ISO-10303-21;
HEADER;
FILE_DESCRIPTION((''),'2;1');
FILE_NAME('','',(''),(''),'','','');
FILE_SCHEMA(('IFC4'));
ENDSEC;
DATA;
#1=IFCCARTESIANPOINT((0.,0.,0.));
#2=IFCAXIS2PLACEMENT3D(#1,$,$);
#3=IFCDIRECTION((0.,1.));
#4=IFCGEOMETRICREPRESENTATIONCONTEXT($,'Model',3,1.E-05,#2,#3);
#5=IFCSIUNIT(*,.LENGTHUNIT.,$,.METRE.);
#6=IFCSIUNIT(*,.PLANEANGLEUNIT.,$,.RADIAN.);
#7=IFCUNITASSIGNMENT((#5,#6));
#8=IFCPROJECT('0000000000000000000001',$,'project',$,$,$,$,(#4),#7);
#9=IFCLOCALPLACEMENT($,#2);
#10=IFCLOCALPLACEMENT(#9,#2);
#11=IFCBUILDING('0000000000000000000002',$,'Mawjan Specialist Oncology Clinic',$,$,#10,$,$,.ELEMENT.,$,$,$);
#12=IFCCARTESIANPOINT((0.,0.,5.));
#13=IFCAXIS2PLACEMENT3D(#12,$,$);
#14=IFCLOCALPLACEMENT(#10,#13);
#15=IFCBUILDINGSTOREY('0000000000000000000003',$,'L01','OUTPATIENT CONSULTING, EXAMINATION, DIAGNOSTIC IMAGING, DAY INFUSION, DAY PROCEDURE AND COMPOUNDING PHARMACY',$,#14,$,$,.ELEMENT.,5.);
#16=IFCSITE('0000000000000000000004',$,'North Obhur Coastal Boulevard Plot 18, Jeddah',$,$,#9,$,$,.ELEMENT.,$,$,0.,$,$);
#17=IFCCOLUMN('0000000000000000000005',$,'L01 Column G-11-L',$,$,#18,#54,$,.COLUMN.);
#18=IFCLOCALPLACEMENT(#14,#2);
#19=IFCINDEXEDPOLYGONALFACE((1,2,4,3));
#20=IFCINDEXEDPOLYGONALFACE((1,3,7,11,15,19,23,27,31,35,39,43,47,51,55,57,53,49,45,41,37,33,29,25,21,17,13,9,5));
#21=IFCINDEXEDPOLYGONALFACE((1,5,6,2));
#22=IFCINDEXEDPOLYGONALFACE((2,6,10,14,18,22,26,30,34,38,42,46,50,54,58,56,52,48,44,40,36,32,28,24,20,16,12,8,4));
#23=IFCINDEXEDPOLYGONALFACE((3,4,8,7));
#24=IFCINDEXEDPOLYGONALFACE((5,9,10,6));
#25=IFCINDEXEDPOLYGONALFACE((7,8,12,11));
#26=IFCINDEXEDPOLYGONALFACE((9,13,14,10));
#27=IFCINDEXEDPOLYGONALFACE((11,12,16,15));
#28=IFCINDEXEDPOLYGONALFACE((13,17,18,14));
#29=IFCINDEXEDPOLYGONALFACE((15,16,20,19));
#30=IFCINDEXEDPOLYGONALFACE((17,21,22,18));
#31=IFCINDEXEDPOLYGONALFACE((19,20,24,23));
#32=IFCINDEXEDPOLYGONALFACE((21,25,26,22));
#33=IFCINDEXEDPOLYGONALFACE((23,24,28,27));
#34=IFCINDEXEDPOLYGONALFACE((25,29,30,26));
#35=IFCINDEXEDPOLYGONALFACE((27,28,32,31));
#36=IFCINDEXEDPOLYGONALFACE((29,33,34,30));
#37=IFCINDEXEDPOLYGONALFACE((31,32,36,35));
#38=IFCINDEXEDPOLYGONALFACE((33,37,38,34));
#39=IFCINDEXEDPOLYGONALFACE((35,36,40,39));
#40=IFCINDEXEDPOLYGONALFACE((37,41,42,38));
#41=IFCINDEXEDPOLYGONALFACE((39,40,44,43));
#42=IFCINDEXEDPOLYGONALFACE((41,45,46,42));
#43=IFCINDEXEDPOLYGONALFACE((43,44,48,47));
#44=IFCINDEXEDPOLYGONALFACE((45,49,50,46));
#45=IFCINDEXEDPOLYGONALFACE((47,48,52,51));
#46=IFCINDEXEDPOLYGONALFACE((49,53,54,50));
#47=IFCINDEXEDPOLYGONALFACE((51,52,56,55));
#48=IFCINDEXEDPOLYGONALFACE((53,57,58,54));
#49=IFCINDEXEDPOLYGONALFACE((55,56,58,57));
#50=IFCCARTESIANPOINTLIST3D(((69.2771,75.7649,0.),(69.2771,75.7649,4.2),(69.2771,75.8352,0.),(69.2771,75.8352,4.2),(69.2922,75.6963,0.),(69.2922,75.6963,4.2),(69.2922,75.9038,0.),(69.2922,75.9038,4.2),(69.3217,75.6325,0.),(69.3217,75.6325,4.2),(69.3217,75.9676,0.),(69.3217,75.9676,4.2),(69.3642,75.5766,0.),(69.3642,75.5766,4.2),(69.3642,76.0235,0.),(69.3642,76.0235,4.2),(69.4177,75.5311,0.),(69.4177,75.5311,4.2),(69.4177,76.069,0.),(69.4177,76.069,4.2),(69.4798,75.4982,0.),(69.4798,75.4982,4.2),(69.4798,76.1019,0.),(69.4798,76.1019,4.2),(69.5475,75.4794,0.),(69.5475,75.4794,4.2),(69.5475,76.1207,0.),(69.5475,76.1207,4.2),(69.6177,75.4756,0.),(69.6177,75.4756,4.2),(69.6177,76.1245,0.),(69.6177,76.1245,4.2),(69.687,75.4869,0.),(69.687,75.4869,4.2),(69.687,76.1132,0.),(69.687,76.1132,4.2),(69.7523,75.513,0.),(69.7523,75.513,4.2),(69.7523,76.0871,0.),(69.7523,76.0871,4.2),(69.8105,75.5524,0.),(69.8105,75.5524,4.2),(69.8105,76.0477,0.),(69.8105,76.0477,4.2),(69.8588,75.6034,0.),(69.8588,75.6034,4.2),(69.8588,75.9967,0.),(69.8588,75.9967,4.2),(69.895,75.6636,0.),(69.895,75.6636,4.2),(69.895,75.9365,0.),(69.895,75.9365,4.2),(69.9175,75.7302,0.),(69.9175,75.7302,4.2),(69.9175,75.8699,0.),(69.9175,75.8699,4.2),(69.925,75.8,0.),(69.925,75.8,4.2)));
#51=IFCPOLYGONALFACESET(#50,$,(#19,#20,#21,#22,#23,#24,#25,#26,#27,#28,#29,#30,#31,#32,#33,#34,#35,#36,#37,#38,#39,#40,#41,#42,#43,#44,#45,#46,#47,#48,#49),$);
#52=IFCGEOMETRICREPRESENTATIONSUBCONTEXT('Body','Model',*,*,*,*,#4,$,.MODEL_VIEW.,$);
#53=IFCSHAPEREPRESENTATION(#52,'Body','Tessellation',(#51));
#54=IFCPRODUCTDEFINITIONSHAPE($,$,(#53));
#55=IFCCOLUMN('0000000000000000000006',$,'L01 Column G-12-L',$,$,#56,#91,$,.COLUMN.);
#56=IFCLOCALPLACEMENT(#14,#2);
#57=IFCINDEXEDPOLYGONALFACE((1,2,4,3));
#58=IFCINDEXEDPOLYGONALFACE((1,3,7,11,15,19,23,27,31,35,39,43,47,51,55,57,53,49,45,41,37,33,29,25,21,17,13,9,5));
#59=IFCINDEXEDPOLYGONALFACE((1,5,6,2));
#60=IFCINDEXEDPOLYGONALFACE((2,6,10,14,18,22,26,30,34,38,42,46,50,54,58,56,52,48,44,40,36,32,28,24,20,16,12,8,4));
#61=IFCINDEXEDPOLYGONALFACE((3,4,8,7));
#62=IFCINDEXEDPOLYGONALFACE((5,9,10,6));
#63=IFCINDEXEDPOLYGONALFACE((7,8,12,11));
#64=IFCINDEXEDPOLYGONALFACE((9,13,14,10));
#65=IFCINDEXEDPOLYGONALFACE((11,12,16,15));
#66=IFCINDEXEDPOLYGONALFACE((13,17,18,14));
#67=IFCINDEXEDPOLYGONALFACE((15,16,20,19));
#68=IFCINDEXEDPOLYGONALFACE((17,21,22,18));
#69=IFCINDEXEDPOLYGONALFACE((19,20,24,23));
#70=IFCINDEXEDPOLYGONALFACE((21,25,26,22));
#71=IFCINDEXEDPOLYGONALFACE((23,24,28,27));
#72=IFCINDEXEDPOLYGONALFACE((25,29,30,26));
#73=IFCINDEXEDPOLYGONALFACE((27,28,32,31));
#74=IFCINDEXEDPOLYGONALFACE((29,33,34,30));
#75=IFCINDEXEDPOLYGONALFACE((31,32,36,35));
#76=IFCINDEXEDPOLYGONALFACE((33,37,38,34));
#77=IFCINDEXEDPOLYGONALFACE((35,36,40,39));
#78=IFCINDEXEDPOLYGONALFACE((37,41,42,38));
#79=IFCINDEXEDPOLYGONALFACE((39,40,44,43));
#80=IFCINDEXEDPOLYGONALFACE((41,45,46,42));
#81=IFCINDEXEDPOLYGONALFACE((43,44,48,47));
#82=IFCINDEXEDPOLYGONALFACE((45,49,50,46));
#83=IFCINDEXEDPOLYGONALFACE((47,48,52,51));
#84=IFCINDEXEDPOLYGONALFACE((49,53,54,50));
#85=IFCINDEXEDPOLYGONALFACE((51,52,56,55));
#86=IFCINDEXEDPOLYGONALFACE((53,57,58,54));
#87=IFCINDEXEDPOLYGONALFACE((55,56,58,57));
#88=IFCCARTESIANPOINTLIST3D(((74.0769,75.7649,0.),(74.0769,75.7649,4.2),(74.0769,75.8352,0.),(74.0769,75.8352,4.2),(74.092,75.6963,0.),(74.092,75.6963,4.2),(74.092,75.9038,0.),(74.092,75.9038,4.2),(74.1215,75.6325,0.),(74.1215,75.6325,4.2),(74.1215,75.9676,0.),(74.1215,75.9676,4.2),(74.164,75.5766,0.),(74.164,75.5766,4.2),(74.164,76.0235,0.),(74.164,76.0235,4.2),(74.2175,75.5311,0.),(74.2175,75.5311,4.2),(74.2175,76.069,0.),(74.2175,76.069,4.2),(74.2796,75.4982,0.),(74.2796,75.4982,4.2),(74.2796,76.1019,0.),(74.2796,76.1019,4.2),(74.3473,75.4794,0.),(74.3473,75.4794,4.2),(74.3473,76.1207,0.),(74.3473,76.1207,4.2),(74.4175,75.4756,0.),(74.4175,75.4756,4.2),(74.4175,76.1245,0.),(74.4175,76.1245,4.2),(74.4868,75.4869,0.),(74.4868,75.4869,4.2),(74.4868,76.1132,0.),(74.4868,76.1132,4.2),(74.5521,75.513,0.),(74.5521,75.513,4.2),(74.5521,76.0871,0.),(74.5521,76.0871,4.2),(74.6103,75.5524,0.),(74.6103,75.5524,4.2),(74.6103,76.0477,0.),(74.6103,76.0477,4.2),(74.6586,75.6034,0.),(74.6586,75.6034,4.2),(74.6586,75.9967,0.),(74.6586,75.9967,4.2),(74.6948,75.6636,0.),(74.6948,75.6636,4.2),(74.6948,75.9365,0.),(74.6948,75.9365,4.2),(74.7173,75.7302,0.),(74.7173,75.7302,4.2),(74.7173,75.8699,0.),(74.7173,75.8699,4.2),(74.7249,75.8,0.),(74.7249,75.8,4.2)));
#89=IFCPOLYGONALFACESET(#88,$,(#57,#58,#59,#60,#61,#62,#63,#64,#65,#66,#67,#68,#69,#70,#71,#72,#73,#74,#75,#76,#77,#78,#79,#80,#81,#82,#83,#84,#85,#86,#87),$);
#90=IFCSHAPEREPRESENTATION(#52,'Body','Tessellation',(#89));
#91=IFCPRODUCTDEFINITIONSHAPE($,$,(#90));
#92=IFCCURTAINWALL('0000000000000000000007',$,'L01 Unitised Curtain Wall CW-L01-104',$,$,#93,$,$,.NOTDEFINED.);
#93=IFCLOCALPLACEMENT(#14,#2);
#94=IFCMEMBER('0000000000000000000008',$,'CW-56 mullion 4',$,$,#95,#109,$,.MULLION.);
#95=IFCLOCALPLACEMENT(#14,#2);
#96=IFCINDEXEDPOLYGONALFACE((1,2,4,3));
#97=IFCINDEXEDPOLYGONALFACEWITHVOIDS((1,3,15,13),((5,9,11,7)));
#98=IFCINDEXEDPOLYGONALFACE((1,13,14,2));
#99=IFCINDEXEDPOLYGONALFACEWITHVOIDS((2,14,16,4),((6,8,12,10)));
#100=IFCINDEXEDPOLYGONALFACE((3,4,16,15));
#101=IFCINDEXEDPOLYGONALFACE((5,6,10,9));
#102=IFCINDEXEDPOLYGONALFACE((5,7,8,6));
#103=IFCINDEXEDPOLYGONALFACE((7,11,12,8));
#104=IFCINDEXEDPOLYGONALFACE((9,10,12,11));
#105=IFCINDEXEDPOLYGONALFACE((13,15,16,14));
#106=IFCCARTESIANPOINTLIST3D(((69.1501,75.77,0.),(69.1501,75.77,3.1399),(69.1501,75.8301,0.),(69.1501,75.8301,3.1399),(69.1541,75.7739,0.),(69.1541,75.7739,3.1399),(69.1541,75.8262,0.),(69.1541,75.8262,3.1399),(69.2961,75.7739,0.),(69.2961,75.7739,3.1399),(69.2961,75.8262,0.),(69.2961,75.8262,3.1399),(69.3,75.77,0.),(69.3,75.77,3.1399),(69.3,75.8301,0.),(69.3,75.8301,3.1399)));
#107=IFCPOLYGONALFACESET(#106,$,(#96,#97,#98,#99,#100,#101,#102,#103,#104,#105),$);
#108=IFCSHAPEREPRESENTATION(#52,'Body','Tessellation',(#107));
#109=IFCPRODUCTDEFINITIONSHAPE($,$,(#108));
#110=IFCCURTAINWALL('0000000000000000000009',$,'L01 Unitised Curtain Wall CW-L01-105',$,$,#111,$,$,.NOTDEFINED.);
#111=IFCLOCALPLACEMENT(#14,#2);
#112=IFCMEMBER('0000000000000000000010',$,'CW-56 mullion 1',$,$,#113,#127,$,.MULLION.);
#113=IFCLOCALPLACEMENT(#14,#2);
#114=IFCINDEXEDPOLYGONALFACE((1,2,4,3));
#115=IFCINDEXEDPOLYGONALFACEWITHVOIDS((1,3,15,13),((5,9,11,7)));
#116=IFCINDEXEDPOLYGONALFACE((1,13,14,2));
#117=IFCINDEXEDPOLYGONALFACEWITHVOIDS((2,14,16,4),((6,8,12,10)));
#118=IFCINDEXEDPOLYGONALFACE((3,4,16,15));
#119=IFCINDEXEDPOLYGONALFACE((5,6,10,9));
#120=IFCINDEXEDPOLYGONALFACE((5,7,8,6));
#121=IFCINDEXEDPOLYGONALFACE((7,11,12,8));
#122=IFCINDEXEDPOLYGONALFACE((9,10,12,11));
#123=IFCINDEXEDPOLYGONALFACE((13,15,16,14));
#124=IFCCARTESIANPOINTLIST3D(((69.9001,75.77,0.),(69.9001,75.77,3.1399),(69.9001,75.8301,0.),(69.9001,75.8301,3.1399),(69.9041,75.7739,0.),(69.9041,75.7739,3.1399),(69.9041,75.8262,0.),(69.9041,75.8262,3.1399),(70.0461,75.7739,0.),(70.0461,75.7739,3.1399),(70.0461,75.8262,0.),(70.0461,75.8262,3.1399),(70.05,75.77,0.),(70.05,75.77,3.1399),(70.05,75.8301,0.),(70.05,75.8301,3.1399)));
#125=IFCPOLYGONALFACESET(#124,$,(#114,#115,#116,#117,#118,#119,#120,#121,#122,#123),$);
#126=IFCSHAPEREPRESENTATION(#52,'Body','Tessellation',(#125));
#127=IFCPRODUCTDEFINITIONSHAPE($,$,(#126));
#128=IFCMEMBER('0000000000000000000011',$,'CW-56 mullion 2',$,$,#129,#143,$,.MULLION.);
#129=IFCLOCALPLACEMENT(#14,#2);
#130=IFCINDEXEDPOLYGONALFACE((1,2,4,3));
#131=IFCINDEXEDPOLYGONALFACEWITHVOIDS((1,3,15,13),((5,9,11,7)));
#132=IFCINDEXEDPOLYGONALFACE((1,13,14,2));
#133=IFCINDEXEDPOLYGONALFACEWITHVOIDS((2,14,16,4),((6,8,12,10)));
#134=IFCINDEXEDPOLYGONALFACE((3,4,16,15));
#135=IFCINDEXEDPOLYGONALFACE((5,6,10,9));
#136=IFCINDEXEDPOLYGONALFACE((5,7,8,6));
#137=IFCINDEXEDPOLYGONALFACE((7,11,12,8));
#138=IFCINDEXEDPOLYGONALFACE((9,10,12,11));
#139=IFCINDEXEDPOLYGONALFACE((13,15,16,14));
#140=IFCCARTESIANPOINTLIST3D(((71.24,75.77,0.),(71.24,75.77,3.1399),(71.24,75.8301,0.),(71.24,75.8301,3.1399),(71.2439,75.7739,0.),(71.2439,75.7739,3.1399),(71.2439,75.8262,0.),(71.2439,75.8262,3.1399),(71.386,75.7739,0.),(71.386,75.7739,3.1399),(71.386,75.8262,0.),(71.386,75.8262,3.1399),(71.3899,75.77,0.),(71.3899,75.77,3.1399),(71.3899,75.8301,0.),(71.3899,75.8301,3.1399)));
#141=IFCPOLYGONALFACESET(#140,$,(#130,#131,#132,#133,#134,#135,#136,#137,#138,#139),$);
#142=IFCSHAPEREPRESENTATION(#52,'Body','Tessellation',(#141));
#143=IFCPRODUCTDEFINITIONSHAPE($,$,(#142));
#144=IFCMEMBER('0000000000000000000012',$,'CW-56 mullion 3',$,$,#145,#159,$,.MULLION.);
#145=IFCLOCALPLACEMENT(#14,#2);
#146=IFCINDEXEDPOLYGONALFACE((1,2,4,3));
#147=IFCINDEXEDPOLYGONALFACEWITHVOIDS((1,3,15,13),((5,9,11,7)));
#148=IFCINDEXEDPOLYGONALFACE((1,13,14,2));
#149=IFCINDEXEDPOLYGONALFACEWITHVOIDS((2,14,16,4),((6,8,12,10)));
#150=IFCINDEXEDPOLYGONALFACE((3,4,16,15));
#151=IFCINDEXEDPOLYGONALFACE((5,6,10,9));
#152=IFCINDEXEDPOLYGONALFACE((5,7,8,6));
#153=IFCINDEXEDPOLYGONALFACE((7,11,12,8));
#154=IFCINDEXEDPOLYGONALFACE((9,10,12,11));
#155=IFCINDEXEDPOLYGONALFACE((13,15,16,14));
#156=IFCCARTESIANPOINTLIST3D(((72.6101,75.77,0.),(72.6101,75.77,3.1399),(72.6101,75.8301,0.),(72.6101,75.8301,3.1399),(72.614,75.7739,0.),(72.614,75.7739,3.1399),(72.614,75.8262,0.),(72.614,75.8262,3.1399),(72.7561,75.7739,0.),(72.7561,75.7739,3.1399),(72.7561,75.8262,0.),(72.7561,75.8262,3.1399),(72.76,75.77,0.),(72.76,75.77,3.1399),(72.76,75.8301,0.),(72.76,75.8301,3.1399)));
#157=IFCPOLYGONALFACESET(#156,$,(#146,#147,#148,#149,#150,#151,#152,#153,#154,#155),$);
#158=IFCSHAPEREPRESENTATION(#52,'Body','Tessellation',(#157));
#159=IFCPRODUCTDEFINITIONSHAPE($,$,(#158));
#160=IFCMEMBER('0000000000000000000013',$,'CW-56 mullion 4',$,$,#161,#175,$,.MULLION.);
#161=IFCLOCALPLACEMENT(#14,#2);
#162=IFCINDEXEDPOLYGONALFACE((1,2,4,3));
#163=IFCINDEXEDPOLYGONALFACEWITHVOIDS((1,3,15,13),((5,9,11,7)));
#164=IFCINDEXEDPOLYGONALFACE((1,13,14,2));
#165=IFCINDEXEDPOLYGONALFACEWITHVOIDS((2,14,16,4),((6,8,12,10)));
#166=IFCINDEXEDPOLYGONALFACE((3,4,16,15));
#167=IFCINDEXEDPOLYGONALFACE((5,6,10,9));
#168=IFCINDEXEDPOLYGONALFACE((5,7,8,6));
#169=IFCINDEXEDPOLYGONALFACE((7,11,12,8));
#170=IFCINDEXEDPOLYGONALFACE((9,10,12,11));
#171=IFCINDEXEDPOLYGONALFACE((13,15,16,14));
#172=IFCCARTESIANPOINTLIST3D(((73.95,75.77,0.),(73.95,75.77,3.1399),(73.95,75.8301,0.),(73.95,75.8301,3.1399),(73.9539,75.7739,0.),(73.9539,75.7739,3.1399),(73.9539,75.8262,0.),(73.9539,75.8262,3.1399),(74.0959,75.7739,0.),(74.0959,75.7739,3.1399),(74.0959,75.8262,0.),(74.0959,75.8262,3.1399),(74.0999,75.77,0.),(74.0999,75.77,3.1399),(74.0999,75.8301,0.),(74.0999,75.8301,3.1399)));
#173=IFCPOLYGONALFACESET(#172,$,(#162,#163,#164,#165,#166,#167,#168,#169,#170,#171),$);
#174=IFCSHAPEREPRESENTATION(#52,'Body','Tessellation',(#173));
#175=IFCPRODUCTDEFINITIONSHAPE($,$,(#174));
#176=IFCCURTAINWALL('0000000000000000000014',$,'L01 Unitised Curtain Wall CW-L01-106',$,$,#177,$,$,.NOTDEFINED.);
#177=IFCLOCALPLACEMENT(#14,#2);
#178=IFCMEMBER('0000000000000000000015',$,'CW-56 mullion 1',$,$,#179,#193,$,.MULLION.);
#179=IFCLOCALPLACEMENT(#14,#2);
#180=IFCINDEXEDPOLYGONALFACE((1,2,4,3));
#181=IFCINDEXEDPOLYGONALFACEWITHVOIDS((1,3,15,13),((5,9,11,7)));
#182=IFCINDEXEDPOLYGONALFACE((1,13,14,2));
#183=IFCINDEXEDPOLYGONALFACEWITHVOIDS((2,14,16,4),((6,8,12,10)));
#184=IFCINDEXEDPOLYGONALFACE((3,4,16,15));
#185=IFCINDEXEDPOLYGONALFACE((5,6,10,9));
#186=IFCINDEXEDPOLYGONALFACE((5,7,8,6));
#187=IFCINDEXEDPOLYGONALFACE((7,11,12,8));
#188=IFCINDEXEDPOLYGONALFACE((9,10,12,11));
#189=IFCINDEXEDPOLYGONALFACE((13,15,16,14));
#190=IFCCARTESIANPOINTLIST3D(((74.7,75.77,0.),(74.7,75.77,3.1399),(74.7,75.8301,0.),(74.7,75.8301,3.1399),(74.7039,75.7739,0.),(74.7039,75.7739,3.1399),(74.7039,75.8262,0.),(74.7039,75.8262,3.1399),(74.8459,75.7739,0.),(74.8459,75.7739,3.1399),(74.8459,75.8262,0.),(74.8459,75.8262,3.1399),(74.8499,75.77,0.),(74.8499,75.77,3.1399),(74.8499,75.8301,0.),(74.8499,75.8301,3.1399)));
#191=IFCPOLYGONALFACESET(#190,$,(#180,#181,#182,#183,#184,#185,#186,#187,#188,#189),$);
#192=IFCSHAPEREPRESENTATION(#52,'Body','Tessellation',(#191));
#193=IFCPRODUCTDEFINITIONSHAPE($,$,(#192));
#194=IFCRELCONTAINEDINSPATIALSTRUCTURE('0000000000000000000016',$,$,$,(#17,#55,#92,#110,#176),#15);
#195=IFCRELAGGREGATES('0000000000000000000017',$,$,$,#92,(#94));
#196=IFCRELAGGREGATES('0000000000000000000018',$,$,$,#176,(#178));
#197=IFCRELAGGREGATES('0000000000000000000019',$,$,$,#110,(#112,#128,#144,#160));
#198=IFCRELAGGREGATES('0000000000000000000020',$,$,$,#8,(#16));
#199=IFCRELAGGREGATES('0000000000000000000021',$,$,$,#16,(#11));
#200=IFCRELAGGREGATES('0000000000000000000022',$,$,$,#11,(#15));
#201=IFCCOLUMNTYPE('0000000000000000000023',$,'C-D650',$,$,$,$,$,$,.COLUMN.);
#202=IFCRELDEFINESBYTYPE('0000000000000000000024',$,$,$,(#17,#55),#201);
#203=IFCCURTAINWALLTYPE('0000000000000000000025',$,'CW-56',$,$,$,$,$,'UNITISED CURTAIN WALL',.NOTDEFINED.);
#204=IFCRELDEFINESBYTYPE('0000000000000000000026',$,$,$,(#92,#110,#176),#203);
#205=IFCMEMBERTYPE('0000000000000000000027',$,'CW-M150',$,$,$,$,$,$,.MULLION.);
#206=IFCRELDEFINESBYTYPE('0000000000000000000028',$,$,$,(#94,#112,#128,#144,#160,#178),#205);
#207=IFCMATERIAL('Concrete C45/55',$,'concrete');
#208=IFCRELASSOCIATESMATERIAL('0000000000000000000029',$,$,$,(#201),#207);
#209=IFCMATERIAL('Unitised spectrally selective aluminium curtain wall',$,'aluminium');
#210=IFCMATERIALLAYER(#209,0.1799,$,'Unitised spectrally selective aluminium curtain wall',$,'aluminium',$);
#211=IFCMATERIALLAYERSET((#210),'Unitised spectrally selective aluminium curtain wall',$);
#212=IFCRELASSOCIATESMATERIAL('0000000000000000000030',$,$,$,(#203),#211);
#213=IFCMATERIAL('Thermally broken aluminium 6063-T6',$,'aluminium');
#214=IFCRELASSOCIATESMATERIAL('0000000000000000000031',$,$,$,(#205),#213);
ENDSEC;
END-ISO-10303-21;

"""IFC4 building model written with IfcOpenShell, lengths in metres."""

from ifc_helpers import new_model, si_unit, direction, frame, origin, origin_2d, place, context, subcontext, project, spatial, hollow_rectangle, circle, extrude, material, layer, layer_set, material_profile, profile_set, type_object, element, aggregate, save


model = new_model("IFC4")

# Units and contexts
model_context = context("Model", 3, precision=1e-05, world=origin(), true_north=direction((0.0, 1.0)))
body_context = subcontext(model_context, "Body", "Model", "MODEL_VIEW")
ifc_project = project(units=[si_unit("LENGTHUNIT", "METRE"), si_unit("PLANEANGLEUNIT", "RADIAN")], contexts=[model_context])

# Site, building, storey
site_placement = place(None, origin())
site = spatial("IfcSite", under=ifc_project, at=site_placement, Name="North Obhur Coastal Boulevard Plot 18, Jeddah", CompositionType="ELEMENT", RefElevation=0.0)
building_placement = place(site_placement, origin())
building = spatial("IfcBuilding", under=site, at=building_placement, Name="Mawjan Specialist Oncology Clinic", CompositionType="ELEMENT")
storey_placement = place(building_placement, frame((0.0, 0.0, 5.0)))
storey = spatial("IfcBuildingStorey", under=building, at=storey_placement, Name="L01", Description="OUTPATIENT CONSULTING, EXAMINATION, DIAGNOSTIC IMAGING, DAY INFUSION, DAY PROCEDURE AND COMPOUNDING PHARMACY", CompositionType="ELEMENT", Elevation=5.0)

# Columns
ifc_material_1 = material(Name="Concrete C45/55", Category="concrete")
ifc_material_profile_1 = material_profile(ifc_material_1, circle(Radius=0.325, at=origin_2d()), Name="RC COL D650", Category="concrete")
ifc_profile_set_1 = profile_set([ifc_material_profile_1], Name="Concrete C45/55")
column_type = type_object("IfcColumnType", Name="C-D650", PredefinedType="COLUMN", material=ifc_profile_set_1)
for number, where, z_axis, x_axis, name in (
    (1, (69.6001, 75.8, 0.0), (0.0, 0.0, 1.0), (1.0, 0.0, 0.0), "L01 Column G-11-L"),
    (2, (74.3999, 75.8, 0.0), (0.0, 0.0, 1.0), (1.0, 0.0, 0.0), "L01 Column G-12-L"),
):
    element("IfcColumn", number, at=place(storey_placement, frame(where, z_axis=z_axis, x_axis=x_axis)), inside=storey, type_object=column_type, Name=name, PredefinedType="COLUMN", context=body_context, shape_type="SweptSolid", body=[
        extrude(circle(Radius=0.325, at=origin_2d()), origin(), (0.0, 0.0, 1.0), 4.2),
    ])

# Curtain wall, member
ifc_material_2 = material(Name="Unitised spectrally selective aluminium curtain wall", Category="aluminium")
ifc_layer_1 = layer(ifc_material_2, 0.1799, Name="Unitised spectrally selective aluminium curtain wall", Category="aluminium")
ifc_layer_set_1 = layer_set([ifc_layer_1], Name="Unitised spectrally selective aluminium curtain wall")
curtain_wall_type_1 = type_object("IfcCurtainWallType", Name="CW-56", ElementType="UNITISED CURTAIN WALL", PredefinedType="NOTDEFINED", material=ifc_layer_set_1)
curtain_wall_1_placement = place(storey_placement, origin())
curtain_wall_1 = element("IfcCurtainWall", 3, at=curtain_wall_1_placement, inside=storey, type_object=curtain_wall_type_1, Name="L01 Unitised Curtain Wall CW-L01-104", PredefinedType="NOTDEFINED")
ifc_material_3 = material(Name="Thermally broken aluminium 6063-T6", Category="aluminium")
ifc_material_profile_2 = material_profile(ifc_material_3, hollow_rectangle(XDim=0.0601, YDim=0.1499, WallThickness=0.0039, at=origin_2d()), Name="ALU MULLION 150x60x4", Category="aluminium")
ifc_profile_set_2 = profile_set([ifc_material_profile_2], Name="Thermally broken aluminium 6063-T6")
member_type_1 = type_object("IfcMemberType", Name="CW-M150", PredefinedType="MULLION", material=ifc_profile_set_2)
member_1_placement = place(storey_placement, frame((69.2251, 75.8, 0.0), z_axis=(0.0, 0.0, 1.0), x_axis=(0.0, 1.0, 0.0)))
member_1 = element("IfcMember", 4, at=member_1_placement, type_object=member_type_1, Name="CW-56 mullion 4", PredefinedType="MULLION", context=body_context, shape_type="SweptSolid", body=[
    extrude(hollow_rectangle(XDim=0.0601, YDim=0.1499, WallThickness=0.0039, at=origin_2d()), origin(), (0.0, 0.0, 1.0), 3.1399),
])
aggregate(curtain_wall_1, [member_1])

# Curtain wall, members
curtain_wall_2_placement = place(storey_placement, origin())
curtain_wall_2 = element("IfcCurtainWall", 5, at=curtain_wall_2_placement, inside=storey, type_object=curtain_wall_type_1, Name="L01 Unitised Curtain Wall CW-L01-105", PredefinedType="NOTDEFINED")
member_2_placement = place(storey_placement, frame((69.9751, 75.8, 0.0), z_axis=(0.0, 0.0, 1.0), x_axis=(0.0, 1.0, 0.0)))
member_2 = element("IfcMember", 6, at=member_2_placement, type_object=member_type_1, Name="CW-56 mullion 1", PredefinedType="MULLION", context=body_context, shape_type="SweptSolid", body=[
    extrude(hollow_rectangle(XDim=0.0601, YDim=0.1499, WallThickness=0.0039, at=origin_2d()), origin(), (0.0, 0.0, 1.0), 3.1399),
])
member_3_placement = place(storey_placement, frame((71.3149, 75.8, 0.0), z_axis=(0.0, 0.0, 1.0), x_axis=(0.0, 1.0, 0.0)))
member_3 = element("IfcMember", 7, at=member_3_placement, type_object=member_type_1, Name="CW-56 mullion 2", PredefinedType="MULLION", context=body_context, shape_type="SweptSolid", body=[
    extrude(hollow_rectangle(XDim=0.0601, YDim=0.1499, WallThickness=0.0039, at=origin_2d()), origin(), (0.0, 0.0, 1.0), 3.1399),
])
member_4_placement = place(storey_placement, frame((72.6851, 75.8, 0.0), z_axis=(0.0, 0.0, 1.0), x_axis=(0.0, 1.0, 0.0)))
member_4 = element("IfcMember", 8, at=member_4_placement, type_object=member_type_1, Name="CW-56 mullion 3", PredefinedType="MULLION", context=body_context, shape_type="SweptSolid", body=[
    extrude(hollow_rectangle(XDim=0.0601, YDim=0.1499, WallThickness=0.0039, at=origin_2d()), origin(), (0.0, 0.0, 1.0), 3.1399),
])
member_5_placement = place(storey_placement, frame((74.0249, 75.8, 0.0), z_axis=(0.0, 0.0, 1.0), x_axis=(0.0, 1.0, 0.0)))
member_5 = element("IfcMember", 9, at=member_5_placement, type_object=member_type_1, Name="CW-56 mullion 4", PredefinedType="MULLION", context=body_context, shape_type="SweptSolid", body=[
    extrude(hollow_rectangle(XDim=0.0601, YDim=0.1499, WallThickness=0.0039, at=origin_2d()), origin(), (0.0, 0.0, 1.0), 3.1399),
])

# Curtain wall, member
curtain_wall_3_placement = place(storey_placement, origin())
curtain_wall_3 = element("IfcCurtainWall", 10, at=curtain_wall_3_placement, inside=storey, type_object=curtain_wall_type_1, Name="L01 Unitised Curtain Wall CW-L01-106", PredefinedType="NOTDEFINED")
member_6_placement = place(storey_placement, frame((74.7749, 75.8, 0.0), z_axis=(0.0, 0.0, 1.0), x_axis=(0.0, 1.0, 0.0)))
member_6 = element("IfcMember", 11, at=member_6_placement, type_object=member_type_1, Name="CW-56 mullion 1", PredefinedType="MULLION", context=body_context, shape_type="SweptSolid", body=[
    extrude(hollow_rectangle(XDim=0.0601, YDim=0.1499, WallThickness=0.0039, at=origin_2d()), origin(), (0.0, 0.0, 1.0), 3.1399),
])

aggregate(curtain_wall_3, [member_6])

aggregate(curtain_wall_2, [member_2, member_3, member_4, member_5])

save(model, "model.ifc")
